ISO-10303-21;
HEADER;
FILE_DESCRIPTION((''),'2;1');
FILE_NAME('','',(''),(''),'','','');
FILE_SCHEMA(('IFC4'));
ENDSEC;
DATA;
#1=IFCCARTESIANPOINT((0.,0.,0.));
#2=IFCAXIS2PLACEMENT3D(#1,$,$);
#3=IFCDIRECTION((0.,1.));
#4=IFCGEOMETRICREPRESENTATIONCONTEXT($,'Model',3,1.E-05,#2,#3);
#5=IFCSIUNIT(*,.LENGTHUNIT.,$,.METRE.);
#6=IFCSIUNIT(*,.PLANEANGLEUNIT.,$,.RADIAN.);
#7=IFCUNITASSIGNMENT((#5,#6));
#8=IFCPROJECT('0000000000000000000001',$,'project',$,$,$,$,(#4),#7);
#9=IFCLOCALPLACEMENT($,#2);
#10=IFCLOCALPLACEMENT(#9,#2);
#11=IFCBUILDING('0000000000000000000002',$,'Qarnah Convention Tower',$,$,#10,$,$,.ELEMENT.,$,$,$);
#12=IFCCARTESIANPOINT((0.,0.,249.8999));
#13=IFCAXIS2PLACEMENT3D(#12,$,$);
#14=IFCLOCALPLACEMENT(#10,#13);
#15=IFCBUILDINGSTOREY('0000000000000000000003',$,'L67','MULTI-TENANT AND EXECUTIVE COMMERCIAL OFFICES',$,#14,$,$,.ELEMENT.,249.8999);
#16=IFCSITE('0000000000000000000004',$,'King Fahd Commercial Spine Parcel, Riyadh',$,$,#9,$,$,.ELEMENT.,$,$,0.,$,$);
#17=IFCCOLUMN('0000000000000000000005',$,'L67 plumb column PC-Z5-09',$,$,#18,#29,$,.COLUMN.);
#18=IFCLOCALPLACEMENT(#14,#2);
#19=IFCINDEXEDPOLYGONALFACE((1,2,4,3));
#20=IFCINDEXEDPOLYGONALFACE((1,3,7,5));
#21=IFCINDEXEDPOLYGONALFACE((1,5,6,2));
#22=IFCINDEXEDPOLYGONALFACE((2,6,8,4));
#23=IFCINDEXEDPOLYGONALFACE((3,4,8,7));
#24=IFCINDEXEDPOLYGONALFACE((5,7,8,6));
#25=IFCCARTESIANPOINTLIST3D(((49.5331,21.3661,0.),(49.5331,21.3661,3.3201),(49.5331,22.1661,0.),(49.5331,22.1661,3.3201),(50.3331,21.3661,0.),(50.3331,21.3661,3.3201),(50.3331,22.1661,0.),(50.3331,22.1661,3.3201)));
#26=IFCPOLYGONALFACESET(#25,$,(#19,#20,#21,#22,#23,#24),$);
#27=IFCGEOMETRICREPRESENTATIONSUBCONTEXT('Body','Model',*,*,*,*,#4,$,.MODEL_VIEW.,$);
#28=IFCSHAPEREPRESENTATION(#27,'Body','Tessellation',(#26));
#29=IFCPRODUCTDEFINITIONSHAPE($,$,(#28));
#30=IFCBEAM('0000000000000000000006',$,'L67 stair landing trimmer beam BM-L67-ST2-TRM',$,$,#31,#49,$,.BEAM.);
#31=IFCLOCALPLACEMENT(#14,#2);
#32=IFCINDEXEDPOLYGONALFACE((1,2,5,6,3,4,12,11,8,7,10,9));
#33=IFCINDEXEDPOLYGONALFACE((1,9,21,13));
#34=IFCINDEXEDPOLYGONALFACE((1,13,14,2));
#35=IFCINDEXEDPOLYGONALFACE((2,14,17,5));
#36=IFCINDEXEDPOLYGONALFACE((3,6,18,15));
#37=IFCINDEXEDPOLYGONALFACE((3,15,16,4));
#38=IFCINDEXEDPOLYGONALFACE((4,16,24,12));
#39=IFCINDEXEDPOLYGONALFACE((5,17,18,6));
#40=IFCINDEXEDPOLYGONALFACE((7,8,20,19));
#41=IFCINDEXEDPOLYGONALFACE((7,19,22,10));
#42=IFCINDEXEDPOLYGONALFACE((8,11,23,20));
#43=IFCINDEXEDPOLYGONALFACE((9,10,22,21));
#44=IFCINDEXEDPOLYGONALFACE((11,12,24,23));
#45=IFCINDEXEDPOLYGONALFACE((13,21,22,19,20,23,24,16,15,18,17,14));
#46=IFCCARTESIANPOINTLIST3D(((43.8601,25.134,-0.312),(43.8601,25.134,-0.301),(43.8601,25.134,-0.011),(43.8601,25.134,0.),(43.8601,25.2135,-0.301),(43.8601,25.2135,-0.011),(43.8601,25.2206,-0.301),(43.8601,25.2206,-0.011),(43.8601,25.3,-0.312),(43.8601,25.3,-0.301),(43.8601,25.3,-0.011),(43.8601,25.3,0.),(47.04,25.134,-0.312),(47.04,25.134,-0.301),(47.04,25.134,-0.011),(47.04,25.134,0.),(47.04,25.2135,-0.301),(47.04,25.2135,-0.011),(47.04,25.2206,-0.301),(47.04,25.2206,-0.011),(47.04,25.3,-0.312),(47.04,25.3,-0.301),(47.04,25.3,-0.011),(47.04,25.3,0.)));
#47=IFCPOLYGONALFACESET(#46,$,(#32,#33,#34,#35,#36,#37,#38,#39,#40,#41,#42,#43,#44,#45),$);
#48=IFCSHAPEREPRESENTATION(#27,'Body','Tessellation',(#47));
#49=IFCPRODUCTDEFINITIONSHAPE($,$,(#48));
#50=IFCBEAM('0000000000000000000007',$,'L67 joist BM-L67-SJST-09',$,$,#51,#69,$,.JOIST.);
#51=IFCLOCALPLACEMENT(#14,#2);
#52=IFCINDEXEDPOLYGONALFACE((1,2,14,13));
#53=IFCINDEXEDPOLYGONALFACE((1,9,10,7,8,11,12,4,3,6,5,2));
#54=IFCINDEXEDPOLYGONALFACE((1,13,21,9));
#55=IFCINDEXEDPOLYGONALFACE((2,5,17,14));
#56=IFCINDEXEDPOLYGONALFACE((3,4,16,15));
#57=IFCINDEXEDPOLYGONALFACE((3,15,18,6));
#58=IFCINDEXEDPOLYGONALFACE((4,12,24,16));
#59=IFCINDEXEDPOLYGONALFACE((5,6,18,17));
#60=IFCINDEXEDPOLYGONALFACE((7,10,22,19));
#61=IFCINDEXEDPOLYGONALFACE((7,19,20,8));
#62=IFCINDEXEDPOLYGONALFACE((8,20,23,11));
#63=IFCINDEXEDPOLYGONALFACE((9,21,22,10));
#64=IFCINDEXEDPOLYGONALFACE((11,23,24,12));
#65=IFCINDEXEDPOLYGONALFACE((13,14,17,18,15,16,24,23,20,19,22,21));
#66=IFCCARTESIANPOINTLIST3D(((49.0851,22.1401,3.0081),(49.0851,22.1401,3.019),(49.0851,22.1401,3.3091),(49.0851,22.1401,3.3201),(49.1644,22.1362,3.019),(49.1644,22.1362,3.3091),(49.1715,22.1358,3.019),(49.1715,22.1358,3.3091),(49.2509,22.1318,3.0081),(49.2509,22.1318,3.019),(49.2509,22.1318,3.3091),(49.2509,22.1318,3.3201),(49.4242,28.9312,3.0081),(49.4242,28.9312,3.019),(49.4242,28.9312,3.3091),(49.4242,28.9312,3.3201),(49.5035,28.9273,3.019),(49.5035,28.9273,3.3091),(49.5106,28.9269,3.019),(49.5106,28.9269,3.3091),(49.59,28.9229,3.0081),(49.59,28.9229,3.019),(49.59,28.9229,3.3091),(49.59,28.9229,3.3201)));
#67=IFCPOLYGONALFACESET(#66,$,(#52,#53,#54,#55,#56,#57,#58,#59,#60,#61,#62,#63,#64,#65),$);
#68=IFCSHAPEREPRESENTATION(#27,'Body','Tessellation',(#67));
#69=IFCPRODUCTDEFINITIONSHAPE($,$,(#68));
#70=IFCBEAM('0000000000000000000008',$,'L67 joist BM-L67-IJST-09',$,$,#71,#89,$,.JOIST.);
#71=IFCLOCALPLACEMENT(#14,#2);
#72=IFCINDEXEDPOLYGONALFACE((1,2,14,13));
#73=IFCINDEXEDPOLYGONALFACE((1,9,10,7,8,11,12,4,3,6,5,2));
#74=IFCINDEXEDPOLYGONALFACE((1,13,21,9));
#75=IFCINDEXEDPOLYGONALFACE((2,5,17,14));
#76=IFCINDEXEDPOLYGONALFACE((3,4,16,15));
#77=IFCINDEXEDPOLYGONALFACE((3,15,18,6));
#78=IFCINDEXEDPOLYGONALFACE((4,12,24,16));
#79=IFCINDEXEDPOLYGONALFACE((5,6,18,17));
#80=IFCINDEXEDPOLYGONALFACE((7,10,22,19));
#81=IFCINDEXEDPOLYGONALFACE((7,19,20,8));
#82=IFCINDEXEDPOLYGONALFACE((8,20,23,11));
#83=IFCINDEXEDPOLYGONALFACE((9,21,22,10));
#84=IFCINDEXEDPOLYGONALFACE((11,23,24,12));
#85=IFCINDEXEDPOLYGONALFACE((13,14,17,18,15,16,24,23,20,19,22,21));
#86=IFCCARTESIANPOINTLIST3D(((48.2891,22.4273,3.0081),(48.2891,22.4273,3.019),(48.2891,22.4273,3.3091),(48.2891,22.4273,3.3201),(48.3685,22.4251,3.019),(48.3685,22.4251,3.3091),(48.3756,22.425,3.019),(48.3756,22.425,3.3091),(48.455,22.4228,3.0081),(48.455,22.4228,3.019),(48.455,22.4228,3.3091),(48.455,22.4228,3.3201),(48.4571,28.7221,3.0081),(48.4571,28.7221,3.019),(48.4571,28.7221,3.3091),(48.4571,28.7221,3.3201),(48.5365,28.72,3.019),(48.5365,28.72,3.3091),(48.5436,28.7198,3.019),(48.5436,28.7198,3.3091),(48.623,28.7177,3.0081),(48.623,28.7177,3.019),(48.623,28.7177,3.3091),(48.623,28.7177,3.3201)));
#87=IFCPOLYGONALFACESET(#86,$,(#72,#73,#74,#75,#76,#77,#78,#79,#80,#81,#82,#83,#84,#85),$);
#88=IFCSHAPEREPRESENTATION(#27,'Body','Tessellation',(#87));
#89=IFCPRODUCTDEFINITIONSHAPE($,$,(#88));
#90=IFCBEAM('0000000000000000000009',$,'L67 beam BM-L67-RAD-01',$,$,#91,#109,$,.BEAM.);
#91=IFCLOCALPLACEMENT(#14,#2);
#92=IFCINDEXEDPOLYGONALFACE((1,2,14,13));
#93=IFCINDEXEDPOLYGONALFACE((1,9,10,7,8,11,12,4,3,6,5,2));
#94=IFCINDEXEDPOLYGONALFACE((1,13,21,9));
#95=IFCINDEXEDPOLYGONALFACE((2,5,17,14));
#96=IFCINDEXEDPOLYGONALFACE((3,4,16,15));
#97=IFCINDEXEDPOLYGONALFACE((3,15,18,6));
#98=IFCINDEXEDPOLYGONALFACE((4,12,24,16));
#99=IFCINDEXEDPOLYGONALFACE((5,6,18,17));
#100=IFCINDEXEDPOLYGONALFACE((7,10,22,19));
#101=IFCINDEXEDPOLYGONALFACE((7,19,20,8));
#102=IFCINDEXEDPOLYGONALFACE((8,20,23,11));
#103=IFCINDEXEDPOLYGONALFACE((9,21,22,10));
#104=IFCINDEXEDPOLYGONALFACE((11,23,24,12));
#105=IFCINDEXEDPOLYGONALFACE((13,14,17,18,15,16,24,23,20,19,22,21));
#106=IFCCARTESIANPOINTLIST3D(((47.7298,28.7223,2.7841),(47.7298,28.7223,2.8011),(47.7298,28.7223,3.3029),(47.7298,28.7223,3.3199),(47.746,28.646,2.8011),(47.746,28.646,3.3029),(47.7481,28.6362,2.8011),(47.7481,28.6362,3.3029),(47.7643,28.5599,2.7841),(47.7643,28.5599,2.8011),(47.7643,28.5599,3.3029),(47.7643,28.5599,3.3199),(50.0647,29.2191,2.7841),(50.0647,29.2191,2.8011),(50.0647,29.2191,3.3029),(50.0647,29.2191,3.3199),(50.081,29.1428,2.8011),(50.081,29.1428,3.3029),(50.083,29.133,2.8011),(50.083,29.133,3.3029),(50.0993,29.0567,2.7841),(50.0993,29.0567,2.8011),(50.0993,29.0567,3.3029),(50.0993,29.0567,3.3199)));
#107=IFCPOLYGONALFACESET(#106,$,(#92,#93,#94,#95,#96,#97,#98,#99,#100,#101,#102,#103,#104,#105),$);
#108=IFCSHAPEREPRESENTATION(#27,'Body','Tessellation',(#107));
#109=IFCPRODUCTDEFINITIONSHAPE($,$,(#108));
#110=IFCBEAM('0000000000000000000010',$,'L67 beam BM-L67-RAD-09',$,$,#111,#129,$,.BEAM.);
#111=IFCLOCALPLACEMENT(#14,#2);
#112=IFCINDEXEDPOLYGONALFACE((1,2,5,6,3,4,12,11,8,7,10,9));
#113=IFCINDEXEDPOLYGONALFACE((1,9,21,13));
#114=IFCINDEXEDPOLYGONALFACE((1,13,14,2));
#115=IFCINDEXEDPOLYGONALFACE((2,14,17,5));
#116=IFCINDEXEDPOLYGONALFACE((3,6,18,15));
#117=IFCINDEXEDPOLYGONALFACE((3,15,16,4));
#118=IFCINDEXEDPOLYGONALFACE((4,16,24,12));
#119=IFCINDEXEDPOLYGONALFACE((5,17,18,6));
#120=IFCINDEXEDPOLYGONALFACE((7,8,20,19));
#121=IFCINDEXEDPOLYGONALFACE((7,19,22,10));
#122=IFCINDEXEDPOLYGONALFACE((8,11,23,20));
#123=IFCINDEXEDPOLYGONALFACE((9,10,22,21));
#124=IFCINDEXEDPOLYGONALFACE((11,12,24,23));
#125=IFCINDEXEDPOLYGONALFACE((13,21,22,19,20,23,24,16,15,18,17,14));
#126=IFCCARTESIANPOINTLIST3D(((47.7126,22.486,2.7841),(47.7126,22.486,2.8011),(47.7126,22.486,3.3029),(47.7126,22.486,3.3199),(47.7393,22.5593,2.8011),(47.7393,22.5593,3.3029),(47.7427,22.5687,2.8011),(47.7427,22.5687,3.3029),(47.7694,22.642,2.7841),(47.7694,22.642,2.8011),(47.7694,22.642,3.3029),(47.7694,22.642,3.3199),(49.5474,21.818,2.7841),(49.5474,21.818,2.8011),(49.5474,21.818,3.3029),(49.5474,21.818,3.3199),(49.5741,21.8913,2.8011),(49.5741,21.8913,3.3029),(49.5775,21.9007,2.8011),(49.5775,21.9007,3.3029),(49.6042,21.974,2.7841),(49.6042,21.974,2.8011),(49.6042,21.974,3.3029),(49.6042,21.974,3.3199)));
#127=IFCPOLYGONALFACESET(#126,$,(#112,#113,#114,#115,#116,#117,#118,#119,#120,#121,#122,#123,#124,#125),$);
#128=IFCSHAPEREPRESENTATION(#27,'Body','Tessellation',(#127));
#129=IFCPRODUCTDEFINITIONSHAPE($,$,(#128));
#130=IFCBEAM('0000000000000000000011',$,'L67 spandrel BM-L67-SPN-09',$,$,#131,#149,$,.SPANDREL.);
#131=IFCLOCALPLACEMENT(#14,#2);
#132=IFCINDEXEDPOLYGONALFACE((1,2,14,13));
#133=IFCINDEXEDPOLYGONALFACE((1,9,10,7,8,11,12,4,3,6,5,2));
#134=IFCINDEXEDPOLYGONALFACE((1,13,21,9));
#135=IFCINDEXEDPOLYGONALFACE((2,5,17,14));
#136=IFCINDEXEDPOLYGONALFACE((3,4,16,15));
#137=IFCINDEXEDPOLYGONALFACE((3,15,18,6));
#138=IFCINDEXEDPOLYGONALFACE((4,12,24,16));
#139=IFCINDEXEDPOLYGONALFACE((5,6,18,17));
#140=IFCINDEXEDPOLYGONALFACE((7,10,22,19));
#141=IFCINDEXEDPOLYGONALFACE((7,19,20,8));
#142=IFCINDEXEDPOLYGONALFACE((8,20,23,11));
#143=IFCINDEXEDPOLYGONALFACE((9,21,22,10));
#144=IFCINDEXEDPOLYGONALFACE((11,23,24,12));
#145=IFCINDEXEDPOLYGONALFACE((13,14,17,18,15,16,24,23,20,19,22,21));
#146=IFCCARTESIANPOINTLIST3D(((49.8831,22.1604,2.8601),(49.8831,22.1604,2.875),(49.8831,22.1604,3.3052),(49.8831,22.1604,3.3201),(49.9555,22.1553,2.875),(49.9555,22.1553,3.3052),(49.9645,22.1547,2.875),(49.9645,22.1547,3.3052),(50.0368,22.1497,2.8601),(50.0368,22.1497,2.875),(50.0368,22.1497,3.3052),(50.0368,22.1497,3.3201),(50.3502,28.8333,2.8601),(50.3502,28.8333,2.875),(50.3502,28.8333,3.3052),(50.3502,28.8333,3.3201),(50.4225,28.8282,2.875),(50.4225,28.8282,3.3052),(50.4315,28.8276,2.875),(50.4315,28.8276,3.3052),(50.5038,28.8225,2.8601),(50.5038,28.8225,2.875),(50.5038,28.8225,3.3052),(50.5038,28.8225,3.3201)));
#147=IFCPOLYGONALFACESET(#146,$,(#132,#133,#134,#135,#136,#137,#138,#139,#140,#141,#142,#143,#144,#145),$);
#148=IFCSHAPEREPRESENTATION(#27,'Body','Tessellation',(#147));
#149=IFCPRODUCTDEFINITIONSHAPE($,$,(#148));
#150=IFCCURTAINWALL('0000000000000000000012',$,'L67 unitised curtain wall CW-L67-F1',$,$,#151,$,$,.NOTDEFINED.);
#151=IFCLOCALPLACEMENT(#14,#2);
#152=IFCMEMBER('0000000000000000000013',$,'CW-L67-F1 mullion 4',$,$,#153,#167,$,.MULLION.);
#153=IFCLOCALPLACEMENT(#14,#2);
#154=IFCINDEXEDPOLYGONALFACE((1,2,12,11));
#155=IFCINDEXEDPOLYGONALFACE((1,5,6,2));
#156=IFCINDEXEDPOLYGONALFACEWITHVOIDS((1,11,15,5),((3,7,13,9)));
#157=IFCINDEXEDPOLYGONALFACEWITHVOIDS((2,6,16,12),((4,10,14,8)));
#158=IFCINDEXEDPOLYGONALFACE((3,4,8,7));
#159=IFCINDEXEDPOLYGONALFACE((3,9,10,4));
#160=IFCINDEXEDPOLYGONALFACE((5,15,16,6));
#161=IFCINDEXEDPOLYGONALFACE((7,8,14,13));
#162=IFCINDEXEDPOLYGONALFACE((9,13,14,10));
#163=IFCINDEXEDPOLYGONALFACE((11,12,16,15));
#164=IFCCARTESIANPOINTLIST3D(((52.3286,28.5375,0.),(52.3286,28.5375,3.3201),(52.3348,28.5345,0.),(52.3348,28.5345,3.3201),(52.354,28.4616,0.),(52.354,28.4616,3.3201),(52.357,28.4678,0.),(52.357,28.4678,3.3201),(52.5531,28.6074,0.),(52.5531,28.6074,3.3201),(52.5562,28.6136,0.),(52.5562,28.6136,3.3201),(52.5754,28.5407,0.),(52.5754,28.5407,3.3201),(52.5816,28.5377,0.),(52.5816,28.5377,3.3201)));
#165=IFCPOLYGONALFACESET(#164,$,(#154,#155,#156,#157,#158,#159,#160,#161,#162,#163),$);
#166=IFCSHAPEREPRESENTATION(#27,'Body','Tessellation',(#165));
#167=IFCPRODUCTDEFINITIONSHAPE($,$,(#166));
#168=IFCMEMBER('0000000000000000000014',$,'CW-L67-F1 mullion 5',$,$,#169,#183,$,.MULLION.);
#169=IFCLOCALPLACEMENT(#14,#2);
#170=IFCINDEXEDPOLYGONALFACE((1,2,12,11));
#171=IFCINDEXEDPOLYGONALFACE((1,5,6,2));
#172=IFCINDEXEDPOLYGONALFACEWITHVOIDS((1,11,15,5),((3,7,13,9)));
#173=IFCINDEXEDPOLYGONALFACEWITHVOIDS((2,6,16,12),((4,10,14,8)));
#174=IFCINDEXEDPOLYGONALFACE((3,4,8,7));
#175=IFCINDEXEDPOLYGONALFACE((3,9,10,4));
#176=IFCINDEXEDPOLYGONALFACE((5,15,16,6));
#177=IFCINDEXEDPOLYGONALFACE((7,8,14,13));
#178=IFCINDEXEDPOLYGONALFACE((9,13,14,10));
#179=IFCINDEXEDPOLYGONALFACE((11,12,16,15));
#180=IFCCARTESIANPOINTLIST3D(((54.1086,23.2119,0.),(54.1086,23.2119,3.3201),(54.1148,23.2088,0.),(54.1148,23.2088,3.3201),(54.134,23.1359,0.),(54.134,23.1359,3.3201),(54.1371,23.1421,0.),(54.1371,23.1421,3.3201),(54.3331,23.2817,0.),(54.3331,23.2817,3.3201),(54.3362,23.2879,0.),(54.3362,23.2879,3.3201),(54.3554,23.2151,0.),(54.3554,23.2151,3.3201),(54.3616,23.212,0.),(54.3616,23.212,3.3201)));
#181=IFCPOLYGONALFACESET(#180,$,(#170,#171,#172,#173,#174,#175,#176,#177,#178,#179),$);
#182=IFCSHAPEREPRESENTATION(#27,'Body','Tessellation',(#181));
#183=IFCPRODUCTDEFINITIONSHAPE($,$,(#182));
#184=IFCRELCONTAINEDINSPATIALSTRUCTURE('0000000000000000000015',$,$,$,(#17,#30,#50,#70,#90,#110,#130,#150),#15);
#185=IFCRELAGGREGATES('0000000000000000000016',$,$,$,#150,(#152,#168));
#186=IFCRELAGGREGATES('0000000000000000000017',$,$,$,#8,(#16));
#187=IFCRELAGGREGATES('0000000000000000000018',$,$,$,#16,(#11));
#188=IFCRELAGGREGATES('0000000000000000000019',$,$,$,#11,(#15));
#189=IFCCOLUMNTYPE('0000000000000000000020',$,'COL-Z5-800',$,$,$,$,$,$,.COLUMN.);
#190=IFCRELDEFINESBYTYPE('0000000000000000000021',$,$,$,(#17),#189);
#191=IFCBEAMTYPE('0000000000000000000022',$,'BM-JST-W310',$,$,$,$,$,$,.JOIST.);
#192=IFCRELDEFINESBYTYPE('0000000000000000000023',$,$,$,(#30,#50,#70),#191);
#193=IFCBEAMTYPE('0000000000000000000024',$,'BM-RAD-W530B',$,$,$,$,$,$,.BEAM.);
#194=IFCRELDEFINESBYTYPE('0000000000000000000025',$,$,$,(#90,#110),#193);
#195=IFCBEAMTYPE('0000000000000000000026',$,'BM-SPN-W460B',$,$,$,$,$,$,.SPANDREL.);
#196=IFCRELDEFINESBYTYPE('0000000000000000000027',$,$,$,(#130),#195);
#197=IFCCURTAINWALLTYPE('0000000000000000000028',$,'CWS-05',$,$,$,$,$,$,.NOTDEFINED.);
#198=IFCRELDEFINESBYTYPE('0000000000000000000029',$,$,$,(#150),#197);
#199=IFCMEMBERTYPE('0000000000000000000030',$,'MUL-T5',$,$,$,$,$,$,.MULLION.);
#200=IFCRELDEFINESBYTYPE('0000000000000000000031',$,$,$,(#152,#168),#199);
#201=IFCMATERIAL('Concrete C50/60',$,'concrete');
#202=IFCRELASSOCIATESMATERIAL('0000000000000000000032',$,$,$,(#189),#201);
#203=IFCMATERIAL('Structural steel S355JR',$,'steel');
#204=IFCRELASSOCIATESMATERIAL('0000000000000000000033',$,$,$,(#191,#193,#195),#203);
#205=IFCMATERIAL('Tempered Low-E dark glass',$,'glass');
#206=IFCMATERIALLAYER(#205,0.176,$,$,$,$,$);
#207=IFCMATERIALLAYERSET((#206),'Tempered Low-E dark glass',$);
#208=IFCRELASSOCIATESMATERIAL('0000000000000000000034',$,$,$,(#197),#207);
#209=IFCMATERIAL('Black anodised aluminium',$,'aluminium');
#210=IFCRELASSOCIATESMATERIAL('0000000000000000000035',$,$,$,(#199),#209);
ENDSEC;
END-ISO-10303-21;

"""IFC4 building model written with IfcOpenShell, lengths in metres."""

from ifc_helpers import new_model, si_unit, direction, frame, origin, origin_2d, place, context, subcontext, project, spatial, rectangle, hollow_rectangle, i_section, extrude, material, layer, layer_set, material_profile, profile_set, type_object, element, aggregate, save


model = new_model("IFC4")

# Units and contexts
model_context = context("Model", 3, precision=1e-05, world=origin(), true_north=direction((0.0, 1.0)))
body_context = subcontext(model_context, "Body", "Model", "MODEL_VIEW")
ifc_project = project(units=[si_unit("LENGTHUNIT", "METRE"), si_unit("PLANEANGLEUNIT", "RADIAN")], contexts=[model_context])

# Site, building, storey
site_placement = place(None, origin())
site = spatial("IfcSite", under=ifc_project, at=site_placement, Name="King Fahd Commercial Spine Parcel, Riyadh", CompositionType="ELEMENT", RefElevation=0.0)
building_placement = place(site_placement, origin())
building = spatial("IfcBuilding", under=site, at=building_placement, Name="Qarnah Convention Tower", CompositionType="ELEMENT")
storey_placement = place(building_placement, frame((0.0, 0.0, 249.8999)))
storey = spatial("IfcBuildingStorey", under=building, at=storey_placement, Name="L67", Description="MULTI-TENANT AND EXECUTIVE COMMERCIAL OFFICES", CompositionType="ELEMENT", Elevation=249.8999)

# Column
ifc_material_1 = material(Name="Concrete C50/60", Category="concrete")
ifc_material_profile_1 = material_profile(ifc_material_1, rectangle(XDim=0.8, YDim=0.8, at=origin_2d()), Name="RC-COL-800X800")
ifc_profile_set_1 = profile_set([ifc_material_profile_1], Name="Concrete C50/60")
column_type = type_object("IfcColumnType", Name="COL-Z5-800", PredefinedType="COLUMN", material=ifc_profile_set_1)
column_placement = place(storey_placement, frame((49.9331, 21.7661, 0.0), z_axis=(0.0, 0.0, 1.0), x_axis=(1.0, 0.0, 0.0)))
element("IfcColumn", 1, at=column_placement, inside=storey, type_object=column_type, Name="L67 plumb column PC-Z5-09", PredefinedType="COLUMN", context=body_context, shape_type="SweptSolid", body=[
    extrude(rectangle(XDim=0.8, YDim=0.8, at=origin_2d()), origin(), (0.0, 0.0, 1.0), 3.3201),
])

# Beams
ifc_material_2 = material(Name="Structural steel S355JR", Category="steel")
ifc_material_profile_2 = material_profile(ifc_material_2, i_section(OverallWidth=0.166, OverallDepth=0.312, WebThickness=0.0071, FlangeThickness=0.011, at=origin_2d()), Name="W310X45")
ifc_profile_set_2 = profile_set([ifc_material_profile_2], Name="Structural steel S355JR")
beam_type_1 = type_object("IfcBeamType", Name="BM-JST-W310", PredefinedType="JOIST", material=ifc_profile_set_2)
beam_1_placement = place(storey_placement, frame((43.8601, 25.217, -0.156), z_axis=(1.0, 0.0, 0.0), x_axis=(0.0, 1.0, 0.0)))
element("IfcBeam", 2, at=beam_1_placement, inside=storey, type_object=beam_type_1, Name="L67 stair landing trimmer beam BM-L67-ST2-TRM", PredefinedType="BEAM", context=body_context, shape_type="SweptSolid", body=[
    extrude(i_section(OverallWidth=0.166, OverallDepth=0.312, WebThickness=0.0071, FlangeThickness=0.011, at=origin_2d()), origin(), (0.0, 0.0, 1.0), 3.1799),
])
beam_2_placement = place(storey_placement, frame((49.168, 22.136, 3.1641), z_axis=(0.049873, 0.998756, 0.0), x_axis=(-0.998756, 0.049873, 0.0)))
element("IfcBeam", 3, at=beam_2_placement, inside=storey, type_object=beam_type_1, Name="L67 joist BM-L67-SJST-09", PredefinedType="JOIST", context=body_context, shape_type="SweptSolid", body=[
    extrude(i_section(OverallWidth=0.166, OverallDepth=0.312, WebThickness=0.0071, FlangeThickness=0.011, at=origin_2d()), origin(), (0.0, 0.0, 1.0), 6.7996),
])
beam_3_placement = place(storey_placement, frame((48.3721, 22.425, 3.1641), z_axis=(0.026674, 0.999644, 0.0), x_axis=(-0.999644, 0.026674, 0.0)))
element("IfcBeam", 4, at=beam_3_placement, inside=storey, type_object=beam_type_1, Name="L67 joist BM-L67-IJST-09", PredefinedType="JOIST", context=body_context, shape_type="SweptSolid", body=[
    extrude(i_section(OverallWidth=0.166, OverallDepth=0.312, WebThickness=0.0071, FlangeThickness=0.011, at=origin_2d()), origin(), (0.0, 0.0, 1.0), 6.2971),
])
ifc_material_profile_3 = material_profile(ifc_material_2, i_section(OverallWidth=0.166, OverallDepth=0.5359, WebThickness=0.01, FlangeThickness=0.0171, at=origin_2d()), Name="W530X85")
ifc_profile_set_3 = profile_set([ifc_material_profile_3], Name="Structural steel S355JR")
beam_type_2 = type_object("IfcBeamType", Name="BM-RAD-W530B", PredefinedType="BEAM", material=ifc_profile_set_3)
beam_4_placement = place(storey_placement, frame((47.7471, 28.6411, 3.052), z_axis=(0.978104, 0.208118, 0.0), x_axis=(-0.208118, 0.978104, 0.0)))
element("IfcBeam", 5, at=beam_4_placement, inside=storey, type_object=beam_type_2, Name="L67 beam BM-L67-RAD-01", PredefinedType="BEAM", context=body_context, shape_type="SweptSolid", body=[
    extrude(i_section(OverallWidth=0.166, OverallDepth=0.5359, WebThickness=0.01, FlangeThickness=0.0171, at=origin_2d()), origin(), (0.0, 0.0, 1.0), 2.3872),
])
beam_5_placement = place(storey_placement, frame((47.741, 22.564, 3.052), z_axis=(0.939677, -0.342064, 0.0), x_axis=(0.342064, 0.939677, 0.0)))
element("IfcBeam", 6, at=beam_5_placement, inside=storey, type_object=beam_type_2, Name="L67 beam BM-L67-RAD-09", PredefinedType="BEAM", context=body_context, shape_type="SweptSolid", body=[
    extrude(i_section(OverallWidth=0.166, OverallDepth=0.5359, WebThickness=0.01, FlangeThickness=0.0171, at=origin_2d()), origin(), (0.0, 0.0, 1.0), 1.9526),
])
ifc_material_profile_4 = material_profile(ifc_material_2, i_section(OverallWidth=0.1541, OverallDepth=0.46, WebThickness=0.009, FlangeThickness=0.0149, at=origin_2d()), Name="W460X68")
ifc_profile_set_4 = profile_set([ifc_material_profile_4], Name="Structural steel S355JR")
beam_type_3 = type_object("IfcBeamType", Name="BM-SPN-W460B", PredefinedType="SPANDREL", material=ifc_profile_set_4)
beam_6_placement = place(storey_placement, frame((49.96, 22.155, 3.0901), z_axis=(0.06982, 0.99756, 0.0), x_axis=(-0.99756, 0.06982, 0.0)))
element("IfcBeam", 7, at=beam_6_placement, inside=storey, type_object=beam_type_3, Name="L67 spandrel BM-L67-SPN-09", PredefinedType="SPANDREL", context=body_context, shape_type="SweptSolid", body=[
    extrude(i_section(OverallWidth=0.1541, OverallDepth=0.46, WebThickness=0.009, FlangeThickness=0.0149, at=origin_2d()), origin(), (0.0, 0.0, 1.0), 6.6892),
])

# Curtain wall, members
ifc_material_3 = material(Name="Tempered Low-E dark glass", Category="glass")
ifc_layer_1 = layer(ifc_material_3, 0.176)
ifc_layer_set_1 = layer_set([ifc_layer_1], Name="Tempered Low-E dark glass")
curtain_wall_type = type_object("IfcCurtainWallType", Name="CWS-05", PredefinedType="NOTDEFINED", material=ifc_layer_set_1)
curtain_wall_placement = place(storey_placement, origin())
curtain_wall = element("IfcCurtainWall", 8, at=curtain_wall_placement, inside=storey, type_object=curtain_wall_type, Name="L67 unitised curtain wall CW-L67-F1", PredefinedType="NOTDEFINED")
ifc_material_4 = material(Name="Black anodised aluminium", Category="aluminium")
ifc_material_profile_5 = material_profile(ifc_material_4, hollow_rectangle(XDim=0.0801, YDim=0.24, WallThickness=0.0049, at=origin_2d()), Name="MUL-80X240")
ifc_profile_set_5 = profile_set([ifc_material_profile_5], Name="Black anodised aluminium")
member_type = type_object("IfcMemberType", Name="MUL-T5", PredefinedType="MULLION", material=ifc_profile_set_5)
member_1_placement = place(storey_placement, frame((52.4551, 28.5376, 0.0), z_axis=(0.0, 0.0, 1.0), x_axis=(0.316986, -0.94843, 0.0)))
member_1 = element("IfcMember", 9, at=member_1_placement, type_object=member_type, Name="CW-L67-F1 mullion 4", PredefinedType="MULLION", context=body_context, shape_type="SweptSolid", body=[
    extrude(hollow_rectangle(XDim=0.0801, YDim=0.24, WallThickness=0.0049, at=origin_2d()), origin(), (0.0, 0.0, 1.0), 3.3201),
])
member_2_placement = place(storey_placement, frame((54.2351, 23.2119, 0.0), z_axis=(0.0, 0.0, 1.0), x_axis=(0.316986, -0.94843, 0.0)))
member_2 = element("IfcMember", 10, at=member_2_placement, type_object=member_type, Name="CW-L67-F1 mullion 5", PredefinedType="MULLION", context=body_context, shape_type="SweptSolid", body=[
    extrude(hollow_rectangle(XDim=0.0801, YDim=0.24, WallThickness=0.0049, at=origin_2d()), origin(), (0.0, 0.0, 1.0), 3.3201),
])
aggregate(curtain_wall, [member_1, member_2])

save(model, "model.ifc")
